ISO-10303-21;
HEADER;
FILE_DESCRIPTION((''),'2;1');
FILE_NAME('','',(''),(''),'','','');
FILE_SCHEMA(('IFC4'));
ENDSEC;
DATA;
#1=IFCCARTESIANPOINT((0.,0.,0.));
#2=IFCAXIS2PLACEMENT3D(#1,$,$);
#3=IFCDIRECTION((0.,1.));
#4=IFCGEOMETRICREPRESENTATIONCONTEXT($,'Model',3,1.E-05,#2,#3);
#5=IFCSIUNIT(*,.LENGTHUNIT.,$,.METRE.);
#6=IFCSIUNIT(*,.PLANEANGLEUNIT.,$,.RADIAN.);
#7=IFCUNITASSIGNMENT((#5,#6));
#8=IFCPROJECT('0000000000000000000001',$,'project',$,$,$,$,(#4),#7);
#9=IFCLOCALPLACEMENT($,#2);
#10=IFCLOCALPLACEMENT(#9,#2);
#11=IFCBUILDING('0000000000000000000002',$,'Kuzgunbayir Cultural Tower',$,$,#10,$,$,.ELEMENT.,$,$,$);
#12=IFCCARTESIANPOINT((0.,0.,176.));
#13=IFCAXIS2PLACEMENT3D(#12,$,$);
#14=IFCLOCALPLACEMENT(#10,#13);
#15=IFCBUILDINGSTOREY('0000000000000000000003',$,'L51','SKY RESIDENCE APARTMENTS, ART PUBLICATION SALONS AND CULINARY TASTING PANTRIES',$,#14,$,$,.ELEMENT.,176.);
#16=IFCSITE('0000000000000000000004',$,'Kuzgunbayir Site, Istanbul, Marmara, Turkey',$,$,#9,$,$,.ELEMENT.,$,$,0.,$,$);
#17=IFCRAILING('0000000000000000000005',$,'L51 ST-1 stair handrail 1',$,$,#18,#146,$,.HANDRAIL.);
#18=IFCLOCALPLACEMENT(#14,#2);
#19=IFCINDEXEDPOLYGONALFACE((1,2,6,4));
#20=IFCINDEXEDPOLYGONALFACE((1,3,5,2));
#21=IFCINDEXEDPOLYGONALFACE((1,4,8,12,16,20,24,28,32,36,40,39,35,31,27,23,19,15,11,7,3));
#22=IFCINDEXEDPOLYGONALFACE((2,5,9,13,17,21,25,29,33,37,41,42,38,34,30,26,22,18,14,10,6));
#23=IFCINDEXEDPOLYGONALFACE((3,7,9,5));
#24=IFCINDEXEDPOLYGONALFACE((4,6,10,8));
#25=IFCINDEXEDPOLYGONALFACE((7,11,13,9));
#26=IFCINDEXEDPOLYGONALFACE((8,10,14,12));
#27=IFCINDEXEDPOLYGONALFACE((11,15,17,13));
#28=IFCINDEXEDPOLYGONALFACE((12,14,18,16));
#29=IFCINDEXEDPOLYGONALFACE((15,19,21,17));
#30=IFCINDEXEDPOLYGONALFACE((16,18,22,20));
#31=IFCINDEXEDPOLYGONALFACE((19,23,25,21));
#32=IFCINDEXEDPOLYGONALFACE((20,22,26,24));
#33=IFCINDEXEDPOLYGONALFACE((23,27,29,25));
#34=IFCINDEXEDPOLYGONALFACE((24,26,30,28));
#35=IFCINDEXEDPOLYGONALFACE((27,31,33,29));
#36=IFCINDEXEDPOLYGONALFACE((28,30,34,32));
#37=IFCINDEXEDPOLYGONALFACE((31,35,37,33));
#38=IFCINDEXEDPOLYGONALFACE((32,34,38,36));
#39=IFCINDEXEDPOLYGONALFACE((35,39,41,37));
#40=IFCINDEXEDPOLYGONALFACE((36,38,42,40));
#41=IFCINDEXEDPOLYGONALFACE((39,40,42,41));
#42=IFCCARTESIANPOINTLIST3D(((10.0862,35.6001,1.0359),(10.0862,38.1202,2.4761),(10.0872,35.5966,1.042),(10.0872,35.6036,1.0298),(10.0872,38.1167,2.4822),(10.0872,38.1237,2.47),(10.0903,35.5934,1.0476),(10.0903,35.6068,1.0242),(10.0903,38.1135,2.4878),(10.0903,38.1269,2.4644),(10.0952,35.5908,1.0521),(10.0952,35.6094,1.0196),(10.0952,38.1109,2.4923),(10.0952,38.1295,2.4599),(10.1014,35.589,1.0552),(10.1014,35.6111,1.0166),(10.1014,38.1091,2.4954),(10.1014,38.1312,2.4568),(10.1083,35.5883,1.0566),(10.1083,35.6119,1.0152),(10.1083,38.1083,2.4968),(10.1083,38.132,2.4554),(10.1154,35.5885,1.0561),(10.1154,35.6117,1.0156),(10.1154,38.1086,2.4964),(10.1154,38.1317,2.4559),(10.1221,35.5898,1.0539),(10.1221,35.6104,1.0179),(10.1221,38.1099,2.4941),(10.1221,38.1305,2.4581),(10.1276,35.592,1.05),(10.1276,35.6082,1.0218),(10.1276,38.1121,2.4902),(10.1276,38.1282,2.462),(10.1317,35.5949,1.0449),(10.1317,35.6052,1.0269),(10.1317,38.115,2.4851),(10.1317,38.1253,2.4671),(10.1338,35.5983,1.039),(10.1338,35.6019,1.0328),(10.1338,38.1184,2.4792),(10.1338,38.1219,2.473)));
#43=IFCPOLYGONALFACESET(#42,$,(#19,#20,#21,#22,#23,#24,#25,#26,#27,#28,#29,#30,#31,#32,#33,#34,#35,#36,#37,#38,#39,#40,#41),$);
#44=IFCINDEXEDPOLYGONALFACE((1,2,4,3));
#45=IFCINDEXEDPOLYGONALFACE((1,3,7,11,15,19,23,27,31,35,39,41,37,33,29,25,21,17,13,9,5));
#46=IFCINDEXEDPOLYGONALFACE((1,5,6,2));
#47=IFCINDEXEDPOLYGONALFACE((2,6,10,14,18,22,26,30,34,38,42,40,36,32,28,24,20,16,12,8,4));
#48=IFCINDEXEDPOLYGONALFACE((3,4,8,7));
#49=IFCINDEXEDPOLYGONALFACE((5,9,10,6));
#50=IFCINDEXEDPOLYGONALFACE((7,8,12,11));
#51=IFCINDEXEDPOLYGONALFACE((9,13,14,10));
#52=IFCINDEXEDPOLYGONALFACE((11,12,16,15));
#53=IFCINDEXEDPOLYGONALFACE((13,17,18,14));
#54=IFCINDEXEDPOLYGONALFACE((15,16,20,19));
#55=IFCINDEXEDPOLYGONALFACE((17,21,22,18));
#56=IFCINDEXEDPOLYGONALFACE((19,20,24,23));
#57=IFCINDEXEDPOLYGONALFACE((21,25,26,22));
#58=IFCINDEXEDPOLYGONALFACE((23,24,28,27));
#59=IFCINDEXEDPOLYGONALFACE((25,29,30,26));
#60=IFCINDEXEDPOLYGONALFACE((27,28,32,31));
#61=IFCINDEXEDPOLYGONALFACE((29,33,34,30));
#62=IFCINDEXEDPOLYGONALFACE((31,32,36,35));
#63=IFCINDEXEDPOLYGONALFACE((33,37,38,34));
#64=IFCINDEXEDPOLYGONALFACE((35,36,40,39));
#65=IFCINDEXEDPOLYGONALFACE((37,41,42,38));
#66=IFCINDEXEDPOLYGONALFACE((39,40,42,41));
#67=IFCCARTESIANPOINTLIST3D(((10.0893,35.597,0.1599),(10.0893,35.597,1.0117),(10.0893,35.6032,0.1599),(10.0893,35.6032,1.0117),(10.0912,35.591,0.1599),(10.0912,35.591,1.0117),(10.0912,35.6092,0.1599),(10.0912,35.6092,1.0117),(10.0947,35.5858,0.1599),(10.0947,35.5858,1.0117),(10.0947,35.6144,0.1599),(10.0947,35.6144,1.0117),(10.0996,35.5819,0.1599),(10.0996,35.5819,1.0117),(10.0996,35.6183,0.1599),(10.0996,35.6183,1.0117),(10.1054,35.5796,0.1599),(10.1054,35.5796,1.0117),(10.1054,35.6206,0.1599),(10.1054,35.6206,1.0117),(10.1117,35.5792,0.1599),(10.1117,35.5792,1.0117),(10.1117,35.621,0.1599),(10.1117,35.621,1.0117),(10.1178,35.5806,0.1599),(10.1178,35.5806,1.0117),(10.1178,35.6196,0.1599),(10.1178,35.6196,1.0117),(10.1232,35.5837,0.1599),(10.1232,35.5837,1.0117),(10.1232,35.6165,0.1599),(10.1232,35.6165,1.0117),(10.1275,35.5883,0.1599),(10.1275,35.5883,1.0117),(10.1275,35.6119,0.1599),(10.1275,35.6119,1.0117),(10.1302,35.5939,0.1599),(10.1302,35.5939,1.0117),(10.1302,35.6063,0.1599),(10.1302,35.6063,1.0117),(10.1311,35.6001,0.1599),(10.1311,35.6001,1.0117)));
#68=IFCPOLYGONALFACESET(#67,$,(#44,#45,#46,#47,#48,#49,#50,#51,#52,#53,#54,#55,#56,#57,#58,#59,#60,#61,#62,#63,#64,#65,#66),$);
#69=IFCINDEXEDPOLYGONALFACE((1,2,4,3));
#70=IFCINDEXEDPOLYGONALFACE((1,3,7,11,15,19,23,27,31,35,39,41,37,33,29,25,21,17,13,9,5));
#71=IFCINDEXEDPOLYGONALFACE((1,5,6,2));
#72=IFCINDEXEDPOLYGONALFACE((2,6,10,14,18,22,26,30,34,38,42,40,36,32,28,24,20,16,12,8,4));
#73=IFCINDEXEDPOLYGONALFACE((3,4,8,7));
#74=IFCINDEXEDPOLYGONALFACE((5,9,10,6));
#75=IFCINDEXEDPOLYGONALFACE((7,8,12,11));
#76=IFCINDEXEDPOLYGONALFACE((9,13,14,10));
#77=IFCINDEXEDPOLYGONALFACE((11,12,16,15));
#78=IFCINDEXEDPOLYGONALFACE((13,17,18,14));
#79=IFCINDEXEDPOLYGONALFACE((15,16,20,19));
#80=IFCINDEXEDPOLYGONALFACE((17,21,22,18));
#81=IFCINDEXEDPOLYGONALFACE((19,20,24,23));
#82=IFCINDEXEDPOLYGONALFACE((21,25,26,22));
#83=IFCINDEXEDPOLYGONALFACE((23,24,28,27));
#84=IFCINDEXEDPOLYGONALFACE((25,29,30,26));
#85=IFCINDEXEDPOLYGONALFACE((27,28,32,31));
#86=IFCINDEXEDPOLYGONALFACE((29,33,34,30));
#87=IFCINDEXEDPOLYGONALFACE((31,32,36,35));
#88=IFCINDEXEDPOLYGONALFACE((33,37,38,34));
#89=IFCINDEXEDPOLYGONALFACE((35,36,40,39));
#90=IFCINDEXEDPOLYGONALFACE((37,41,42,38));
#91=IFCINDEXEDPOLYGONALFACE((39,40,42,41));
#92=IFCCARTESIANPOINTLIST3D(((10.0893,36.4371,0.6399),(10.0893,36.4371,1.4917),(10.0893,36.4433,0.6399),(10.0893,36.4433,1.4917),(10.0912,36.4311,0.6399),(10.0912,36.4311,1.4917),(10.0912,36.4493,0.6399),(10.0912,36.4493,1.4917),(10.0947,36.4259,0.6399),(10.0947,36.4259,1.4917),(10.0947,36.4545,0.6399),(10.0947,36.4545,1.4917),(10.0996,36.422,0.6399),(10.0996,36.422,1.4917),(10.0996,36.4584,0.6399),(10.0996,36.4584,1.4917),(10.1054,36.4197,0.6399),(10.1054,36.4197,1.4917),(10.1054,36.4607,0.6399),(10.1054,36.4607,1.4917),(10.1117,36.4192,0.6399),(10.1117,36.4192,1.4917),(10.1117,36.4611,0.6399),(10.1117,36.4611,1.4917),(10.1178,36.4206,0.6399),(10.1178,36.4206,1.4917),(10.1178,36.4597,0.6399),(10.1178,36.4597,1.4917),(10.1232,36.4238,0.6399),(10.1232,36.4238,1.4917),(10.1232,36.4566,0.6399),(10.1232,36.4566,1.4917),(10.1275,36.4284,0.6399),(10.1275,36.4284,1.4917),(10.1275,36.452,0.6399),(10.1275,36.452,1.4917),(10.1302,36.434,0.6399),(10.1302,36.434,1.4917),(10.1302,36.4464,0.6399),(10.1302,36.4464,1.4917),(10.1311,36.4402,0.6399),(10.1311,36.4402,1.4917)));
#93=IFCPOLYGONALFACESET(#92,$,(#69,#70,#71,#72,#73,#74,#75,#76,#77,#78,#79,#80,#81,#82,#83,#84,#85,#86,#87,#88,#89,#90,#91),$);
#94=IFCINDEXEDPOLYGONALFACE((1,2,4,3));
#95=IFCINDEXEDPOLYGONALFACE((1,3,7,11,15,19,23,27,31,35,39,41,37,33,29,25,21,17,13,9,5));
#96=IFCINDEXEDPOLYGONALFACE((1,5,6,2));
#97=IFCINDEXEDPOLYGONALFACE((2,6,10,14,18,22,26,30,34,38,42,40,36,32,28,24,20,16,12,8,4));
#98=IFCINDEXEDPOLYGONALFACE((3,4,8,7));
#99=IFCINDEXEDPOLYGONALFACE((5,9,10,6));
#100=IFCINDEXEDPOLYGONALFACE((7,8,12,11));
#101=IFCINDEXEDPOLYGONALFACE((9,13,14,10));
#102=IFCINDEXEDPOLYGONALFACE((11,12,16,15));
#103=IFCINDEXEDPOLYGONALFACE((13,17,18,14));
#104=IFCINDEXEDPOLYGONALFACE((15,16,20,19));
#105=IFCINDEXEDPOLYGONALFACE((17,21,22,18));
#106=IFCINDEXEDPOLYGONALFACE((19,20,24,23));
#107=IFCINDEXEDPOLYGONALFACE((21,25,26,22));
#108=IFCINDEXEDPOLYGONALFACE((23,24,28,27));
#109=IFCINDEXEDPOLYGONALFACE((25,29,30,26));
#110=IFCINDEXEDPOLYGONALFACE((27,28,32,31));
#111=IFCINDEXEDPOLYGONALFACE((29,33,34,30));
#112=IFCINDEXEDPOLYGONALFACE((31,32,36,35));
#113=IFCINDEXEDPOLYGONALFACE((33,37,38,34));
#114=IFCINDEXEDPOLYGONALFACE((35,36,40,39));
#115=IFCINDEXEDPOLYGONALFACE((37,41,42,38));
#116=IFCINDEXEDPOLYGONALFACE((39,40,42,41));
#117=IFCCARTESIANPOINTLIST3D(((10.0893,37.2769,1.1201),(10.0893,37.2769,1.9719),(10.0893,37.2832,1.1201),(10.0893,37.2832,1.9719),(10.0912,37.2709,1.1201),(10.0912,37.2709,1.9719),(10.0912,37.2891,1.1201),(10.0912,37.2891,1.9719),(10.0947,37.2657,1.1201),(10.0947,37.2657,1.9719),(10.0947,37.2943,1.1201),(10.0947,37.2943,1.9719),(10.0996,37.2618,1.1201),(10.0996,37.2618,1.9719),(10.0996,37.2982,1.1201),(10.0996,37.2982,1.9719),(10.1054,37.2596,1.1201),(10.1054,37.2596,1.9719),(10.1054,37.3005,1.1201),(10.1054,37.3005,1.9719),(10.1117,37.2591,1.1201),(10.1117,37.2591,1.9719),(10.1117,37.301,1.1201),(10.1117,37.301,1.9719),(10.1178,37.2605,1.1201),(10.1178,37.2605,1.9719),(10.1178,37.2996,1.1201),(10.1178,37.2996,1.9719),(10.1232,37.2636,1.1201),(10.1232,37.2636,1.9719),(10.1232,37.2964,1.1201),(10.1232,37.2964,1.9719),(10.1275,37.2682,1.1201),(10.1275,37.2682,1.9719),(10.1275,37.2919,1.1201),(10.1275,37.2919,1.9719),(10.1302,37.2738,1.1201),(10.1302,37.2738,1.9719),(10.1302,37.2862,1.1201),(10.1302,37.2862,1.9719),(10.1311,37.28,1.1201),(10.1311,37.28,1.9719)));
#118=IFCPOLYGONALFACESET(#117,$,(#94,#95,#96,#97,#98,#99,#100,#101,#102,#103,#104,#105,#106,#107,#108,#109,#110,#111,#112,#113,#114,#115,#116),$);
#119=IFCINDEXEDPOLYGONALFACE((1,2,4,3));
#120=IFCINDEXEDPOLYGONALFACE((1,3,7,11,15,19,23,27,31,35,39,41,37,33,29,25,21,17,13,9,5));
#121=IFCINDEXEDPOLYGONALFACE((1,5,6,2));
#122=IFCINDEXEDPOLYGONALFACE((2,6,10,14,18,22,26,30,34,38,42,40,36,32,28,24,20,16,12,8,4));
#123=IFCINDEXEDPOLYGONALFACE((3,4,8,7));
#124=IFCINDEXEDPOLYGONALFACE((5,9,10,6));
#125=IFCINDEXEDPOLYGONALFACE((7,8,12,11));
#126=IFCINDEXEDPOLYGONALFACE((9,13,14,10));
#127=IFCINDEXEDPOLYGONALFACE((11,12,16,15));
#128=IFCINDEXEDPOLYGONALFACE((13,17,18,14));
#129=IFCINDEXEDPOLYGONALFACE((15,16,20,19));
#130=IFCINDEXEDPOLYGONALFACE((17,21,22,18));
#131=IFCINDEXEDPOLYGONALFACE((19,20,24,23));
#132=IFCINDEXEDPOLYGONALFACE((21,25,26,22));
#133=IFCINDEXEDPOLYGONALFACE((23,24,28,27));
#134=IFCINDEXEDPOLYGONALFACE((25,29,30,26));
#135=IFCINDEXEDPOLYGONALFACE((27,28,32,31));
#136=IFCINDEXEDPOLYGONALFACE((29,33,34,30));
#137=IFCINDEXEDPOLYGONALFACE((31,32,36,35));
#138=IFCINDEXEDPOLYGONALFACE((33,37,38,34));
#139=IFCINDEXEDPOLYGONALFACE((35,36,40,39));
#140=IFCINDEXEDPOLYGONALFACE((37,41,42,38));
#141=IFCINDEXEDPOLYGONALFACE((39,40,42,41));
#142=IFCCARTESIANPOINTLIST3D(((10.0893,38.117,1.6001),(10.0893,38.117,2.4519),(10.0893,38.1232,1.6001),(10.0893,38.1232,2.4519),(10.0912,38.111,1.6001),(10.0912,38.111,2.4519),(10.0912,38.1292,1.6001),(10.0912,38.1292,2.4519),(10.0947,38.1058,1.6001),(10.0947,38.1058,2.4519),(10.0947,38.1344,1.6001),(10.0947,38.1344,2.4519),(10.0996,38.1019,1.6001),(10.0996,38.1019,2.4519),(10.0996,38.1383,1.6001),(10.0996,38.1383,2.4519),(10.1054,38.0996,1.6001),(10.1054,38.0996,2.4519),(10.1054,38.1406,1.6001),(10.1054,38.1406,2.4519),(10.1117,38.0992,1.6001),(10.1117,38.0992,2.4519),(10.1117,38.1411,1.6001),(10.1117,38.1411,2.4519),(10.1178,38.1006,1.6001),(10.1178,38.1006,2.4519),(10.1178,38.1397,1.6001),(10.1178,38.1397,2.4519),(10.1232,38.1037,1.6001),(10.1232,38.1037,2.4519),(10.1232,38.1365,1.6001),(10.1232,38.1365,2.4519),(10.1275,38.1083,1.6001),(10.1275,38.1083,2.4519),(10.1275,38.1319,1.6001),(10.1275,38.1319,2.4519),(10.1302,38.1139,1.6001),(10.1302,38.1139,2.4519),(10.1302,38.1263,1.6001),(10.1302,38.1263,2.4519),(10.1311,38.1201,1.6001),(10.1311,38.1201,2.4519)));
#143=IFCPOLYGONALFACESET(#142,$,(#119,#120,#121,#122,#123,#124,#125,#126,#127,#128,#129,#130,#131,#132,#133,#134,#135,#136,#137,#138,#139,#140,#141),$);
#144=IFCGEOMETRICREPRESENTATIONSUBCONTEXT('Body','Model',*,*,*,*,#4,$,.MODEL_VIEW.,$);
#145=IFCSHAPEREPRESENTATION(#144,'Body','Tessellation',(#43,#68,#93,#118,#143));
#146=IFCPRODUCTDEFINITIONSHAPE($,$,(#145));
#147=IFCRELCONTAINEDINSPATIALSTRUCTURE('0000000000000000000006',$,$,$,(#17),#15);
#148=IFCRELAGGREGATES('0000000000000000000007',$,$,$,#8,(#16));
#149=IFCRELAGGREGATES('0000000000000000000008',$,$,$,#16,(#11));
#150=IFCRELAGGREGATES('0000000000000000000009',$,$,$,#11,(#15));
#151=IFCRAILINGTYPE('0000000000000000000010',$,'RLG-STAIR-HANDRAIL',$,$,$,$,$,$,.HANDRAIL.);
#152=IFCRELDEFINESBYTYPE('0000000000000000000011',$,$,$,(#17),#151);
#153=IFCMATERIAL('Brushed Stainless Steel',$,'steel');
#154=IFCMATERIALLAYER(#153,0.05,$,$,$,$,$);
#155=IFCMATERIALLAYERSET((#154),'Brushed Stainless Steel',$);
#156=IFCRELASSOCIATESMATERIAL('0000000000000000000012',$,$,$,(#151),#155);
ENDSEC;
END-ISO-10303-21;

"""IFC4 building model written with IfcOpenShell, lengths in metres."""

from ifc_helpers import new_model, si_unit, direction, frame, origin, origin_2d, place, context, subcontext, project, spatial, circle, extrude, material, layer, layer_set, type_object, element, save


model = new_model("IFC4")

# Units and contexts
model_context = context("Model", 3, precision=1e-05, world=origin(), true_north=direction((0.0, 1.0)))
body_context = subcontext(model_context, "Body", "Model", "MODEL_VIEW")
ifc_project = project(units=[si_unit("LENGTHUNIT", "METRE"), si_unit("PLANEANGLEUNIT", "RADIAN")], contexts=[model_context])

# Site, building, storey
site_placement = place(None, origin())
site = spatial("IfcSite", under=ifc_project, at=site_placement, Name="Kuzgunbayir Site, Istanbul, Marmara, Turkey", CompositionType="ELEMENT", RefElevation=0.0)
building_placement = place(site_placement, origin())
building = spatial("IfcBuilding", under=site, at=building_placement, Name="Kuzgunbayir Cultural Tower", CompositionType="ELEMENT")
storey_placement = place(building_placement, frame((0.0, 0.0, 176.0)))
storey = spatial("IfcBuildingStorey", under=building, at=storey_placement, Name="L51", Description="SKY RESIDENCE APARTMENTS, ART PUBLICATION SALONS AND CULINARY TASTING PANTRIES", CompositionType="ELEMENT", Elevation=176.0)

# Shared definitions
ifc_material_1 = material(Name="Brushed Stainless Steel", Category="steel")

# Railing
ifc_layer_1 = layer(ifc_material_1, 0.05)
ifc_layer_set_1 = layer_set([ifc_layer_1], Name="Brushed Stainless Steel")
railing_type_1 = type_object("IfcRailingType", Name="RLG-STAIR-HANDRAIL", PredefinedType="HANDRAIL", material=ifc_layer_set_1)
railing_1_placement = place(storey_placement, frame((10.1101, 35.6001, 0.1599)))
element("IfcRailing", 1, at=railing_1_placement, inside=storey, type_object=railing_type_1, Name="L51 ST-1 stair handrail 1", PredefinedType="HANDRAIL", context=body_context, shape_type="SweptSolid", body=[
    extrude(circle(Radius=0.0239, at=origin_2d()), frame((0.0, 0.0, 0.876), z_axis=(0.0, 0.868217, 0.496184), x_axis=(-1.0, 0.0, 0.0)), (0.0, 0.0, 1.0), 2.9026),
    extrude(circle(Radius=0.021, at=origin_2d()), origin(), (0.0, 0.0, 1.0), 0.8518),
    extrude(circle(Radius=0.021, at=origin_2d()), frame((0.0, 0.8401, 0.48)), (0.0, 0.0, 1.0), 0.8518),
    extrude(circle(Radius=0.021, at=origin_2d()), frame((0.0, 1.6799, 0.9602)), (0.0, 0.0, 1.0), 0.8518),
    extrude(circle(Radius=0.021, at=origin_2d()), frame((0.0, 2.52, 1.4402)), (0.0, 0.0, 1.0), 0.8518),
])

save(model, "model.ifc")
